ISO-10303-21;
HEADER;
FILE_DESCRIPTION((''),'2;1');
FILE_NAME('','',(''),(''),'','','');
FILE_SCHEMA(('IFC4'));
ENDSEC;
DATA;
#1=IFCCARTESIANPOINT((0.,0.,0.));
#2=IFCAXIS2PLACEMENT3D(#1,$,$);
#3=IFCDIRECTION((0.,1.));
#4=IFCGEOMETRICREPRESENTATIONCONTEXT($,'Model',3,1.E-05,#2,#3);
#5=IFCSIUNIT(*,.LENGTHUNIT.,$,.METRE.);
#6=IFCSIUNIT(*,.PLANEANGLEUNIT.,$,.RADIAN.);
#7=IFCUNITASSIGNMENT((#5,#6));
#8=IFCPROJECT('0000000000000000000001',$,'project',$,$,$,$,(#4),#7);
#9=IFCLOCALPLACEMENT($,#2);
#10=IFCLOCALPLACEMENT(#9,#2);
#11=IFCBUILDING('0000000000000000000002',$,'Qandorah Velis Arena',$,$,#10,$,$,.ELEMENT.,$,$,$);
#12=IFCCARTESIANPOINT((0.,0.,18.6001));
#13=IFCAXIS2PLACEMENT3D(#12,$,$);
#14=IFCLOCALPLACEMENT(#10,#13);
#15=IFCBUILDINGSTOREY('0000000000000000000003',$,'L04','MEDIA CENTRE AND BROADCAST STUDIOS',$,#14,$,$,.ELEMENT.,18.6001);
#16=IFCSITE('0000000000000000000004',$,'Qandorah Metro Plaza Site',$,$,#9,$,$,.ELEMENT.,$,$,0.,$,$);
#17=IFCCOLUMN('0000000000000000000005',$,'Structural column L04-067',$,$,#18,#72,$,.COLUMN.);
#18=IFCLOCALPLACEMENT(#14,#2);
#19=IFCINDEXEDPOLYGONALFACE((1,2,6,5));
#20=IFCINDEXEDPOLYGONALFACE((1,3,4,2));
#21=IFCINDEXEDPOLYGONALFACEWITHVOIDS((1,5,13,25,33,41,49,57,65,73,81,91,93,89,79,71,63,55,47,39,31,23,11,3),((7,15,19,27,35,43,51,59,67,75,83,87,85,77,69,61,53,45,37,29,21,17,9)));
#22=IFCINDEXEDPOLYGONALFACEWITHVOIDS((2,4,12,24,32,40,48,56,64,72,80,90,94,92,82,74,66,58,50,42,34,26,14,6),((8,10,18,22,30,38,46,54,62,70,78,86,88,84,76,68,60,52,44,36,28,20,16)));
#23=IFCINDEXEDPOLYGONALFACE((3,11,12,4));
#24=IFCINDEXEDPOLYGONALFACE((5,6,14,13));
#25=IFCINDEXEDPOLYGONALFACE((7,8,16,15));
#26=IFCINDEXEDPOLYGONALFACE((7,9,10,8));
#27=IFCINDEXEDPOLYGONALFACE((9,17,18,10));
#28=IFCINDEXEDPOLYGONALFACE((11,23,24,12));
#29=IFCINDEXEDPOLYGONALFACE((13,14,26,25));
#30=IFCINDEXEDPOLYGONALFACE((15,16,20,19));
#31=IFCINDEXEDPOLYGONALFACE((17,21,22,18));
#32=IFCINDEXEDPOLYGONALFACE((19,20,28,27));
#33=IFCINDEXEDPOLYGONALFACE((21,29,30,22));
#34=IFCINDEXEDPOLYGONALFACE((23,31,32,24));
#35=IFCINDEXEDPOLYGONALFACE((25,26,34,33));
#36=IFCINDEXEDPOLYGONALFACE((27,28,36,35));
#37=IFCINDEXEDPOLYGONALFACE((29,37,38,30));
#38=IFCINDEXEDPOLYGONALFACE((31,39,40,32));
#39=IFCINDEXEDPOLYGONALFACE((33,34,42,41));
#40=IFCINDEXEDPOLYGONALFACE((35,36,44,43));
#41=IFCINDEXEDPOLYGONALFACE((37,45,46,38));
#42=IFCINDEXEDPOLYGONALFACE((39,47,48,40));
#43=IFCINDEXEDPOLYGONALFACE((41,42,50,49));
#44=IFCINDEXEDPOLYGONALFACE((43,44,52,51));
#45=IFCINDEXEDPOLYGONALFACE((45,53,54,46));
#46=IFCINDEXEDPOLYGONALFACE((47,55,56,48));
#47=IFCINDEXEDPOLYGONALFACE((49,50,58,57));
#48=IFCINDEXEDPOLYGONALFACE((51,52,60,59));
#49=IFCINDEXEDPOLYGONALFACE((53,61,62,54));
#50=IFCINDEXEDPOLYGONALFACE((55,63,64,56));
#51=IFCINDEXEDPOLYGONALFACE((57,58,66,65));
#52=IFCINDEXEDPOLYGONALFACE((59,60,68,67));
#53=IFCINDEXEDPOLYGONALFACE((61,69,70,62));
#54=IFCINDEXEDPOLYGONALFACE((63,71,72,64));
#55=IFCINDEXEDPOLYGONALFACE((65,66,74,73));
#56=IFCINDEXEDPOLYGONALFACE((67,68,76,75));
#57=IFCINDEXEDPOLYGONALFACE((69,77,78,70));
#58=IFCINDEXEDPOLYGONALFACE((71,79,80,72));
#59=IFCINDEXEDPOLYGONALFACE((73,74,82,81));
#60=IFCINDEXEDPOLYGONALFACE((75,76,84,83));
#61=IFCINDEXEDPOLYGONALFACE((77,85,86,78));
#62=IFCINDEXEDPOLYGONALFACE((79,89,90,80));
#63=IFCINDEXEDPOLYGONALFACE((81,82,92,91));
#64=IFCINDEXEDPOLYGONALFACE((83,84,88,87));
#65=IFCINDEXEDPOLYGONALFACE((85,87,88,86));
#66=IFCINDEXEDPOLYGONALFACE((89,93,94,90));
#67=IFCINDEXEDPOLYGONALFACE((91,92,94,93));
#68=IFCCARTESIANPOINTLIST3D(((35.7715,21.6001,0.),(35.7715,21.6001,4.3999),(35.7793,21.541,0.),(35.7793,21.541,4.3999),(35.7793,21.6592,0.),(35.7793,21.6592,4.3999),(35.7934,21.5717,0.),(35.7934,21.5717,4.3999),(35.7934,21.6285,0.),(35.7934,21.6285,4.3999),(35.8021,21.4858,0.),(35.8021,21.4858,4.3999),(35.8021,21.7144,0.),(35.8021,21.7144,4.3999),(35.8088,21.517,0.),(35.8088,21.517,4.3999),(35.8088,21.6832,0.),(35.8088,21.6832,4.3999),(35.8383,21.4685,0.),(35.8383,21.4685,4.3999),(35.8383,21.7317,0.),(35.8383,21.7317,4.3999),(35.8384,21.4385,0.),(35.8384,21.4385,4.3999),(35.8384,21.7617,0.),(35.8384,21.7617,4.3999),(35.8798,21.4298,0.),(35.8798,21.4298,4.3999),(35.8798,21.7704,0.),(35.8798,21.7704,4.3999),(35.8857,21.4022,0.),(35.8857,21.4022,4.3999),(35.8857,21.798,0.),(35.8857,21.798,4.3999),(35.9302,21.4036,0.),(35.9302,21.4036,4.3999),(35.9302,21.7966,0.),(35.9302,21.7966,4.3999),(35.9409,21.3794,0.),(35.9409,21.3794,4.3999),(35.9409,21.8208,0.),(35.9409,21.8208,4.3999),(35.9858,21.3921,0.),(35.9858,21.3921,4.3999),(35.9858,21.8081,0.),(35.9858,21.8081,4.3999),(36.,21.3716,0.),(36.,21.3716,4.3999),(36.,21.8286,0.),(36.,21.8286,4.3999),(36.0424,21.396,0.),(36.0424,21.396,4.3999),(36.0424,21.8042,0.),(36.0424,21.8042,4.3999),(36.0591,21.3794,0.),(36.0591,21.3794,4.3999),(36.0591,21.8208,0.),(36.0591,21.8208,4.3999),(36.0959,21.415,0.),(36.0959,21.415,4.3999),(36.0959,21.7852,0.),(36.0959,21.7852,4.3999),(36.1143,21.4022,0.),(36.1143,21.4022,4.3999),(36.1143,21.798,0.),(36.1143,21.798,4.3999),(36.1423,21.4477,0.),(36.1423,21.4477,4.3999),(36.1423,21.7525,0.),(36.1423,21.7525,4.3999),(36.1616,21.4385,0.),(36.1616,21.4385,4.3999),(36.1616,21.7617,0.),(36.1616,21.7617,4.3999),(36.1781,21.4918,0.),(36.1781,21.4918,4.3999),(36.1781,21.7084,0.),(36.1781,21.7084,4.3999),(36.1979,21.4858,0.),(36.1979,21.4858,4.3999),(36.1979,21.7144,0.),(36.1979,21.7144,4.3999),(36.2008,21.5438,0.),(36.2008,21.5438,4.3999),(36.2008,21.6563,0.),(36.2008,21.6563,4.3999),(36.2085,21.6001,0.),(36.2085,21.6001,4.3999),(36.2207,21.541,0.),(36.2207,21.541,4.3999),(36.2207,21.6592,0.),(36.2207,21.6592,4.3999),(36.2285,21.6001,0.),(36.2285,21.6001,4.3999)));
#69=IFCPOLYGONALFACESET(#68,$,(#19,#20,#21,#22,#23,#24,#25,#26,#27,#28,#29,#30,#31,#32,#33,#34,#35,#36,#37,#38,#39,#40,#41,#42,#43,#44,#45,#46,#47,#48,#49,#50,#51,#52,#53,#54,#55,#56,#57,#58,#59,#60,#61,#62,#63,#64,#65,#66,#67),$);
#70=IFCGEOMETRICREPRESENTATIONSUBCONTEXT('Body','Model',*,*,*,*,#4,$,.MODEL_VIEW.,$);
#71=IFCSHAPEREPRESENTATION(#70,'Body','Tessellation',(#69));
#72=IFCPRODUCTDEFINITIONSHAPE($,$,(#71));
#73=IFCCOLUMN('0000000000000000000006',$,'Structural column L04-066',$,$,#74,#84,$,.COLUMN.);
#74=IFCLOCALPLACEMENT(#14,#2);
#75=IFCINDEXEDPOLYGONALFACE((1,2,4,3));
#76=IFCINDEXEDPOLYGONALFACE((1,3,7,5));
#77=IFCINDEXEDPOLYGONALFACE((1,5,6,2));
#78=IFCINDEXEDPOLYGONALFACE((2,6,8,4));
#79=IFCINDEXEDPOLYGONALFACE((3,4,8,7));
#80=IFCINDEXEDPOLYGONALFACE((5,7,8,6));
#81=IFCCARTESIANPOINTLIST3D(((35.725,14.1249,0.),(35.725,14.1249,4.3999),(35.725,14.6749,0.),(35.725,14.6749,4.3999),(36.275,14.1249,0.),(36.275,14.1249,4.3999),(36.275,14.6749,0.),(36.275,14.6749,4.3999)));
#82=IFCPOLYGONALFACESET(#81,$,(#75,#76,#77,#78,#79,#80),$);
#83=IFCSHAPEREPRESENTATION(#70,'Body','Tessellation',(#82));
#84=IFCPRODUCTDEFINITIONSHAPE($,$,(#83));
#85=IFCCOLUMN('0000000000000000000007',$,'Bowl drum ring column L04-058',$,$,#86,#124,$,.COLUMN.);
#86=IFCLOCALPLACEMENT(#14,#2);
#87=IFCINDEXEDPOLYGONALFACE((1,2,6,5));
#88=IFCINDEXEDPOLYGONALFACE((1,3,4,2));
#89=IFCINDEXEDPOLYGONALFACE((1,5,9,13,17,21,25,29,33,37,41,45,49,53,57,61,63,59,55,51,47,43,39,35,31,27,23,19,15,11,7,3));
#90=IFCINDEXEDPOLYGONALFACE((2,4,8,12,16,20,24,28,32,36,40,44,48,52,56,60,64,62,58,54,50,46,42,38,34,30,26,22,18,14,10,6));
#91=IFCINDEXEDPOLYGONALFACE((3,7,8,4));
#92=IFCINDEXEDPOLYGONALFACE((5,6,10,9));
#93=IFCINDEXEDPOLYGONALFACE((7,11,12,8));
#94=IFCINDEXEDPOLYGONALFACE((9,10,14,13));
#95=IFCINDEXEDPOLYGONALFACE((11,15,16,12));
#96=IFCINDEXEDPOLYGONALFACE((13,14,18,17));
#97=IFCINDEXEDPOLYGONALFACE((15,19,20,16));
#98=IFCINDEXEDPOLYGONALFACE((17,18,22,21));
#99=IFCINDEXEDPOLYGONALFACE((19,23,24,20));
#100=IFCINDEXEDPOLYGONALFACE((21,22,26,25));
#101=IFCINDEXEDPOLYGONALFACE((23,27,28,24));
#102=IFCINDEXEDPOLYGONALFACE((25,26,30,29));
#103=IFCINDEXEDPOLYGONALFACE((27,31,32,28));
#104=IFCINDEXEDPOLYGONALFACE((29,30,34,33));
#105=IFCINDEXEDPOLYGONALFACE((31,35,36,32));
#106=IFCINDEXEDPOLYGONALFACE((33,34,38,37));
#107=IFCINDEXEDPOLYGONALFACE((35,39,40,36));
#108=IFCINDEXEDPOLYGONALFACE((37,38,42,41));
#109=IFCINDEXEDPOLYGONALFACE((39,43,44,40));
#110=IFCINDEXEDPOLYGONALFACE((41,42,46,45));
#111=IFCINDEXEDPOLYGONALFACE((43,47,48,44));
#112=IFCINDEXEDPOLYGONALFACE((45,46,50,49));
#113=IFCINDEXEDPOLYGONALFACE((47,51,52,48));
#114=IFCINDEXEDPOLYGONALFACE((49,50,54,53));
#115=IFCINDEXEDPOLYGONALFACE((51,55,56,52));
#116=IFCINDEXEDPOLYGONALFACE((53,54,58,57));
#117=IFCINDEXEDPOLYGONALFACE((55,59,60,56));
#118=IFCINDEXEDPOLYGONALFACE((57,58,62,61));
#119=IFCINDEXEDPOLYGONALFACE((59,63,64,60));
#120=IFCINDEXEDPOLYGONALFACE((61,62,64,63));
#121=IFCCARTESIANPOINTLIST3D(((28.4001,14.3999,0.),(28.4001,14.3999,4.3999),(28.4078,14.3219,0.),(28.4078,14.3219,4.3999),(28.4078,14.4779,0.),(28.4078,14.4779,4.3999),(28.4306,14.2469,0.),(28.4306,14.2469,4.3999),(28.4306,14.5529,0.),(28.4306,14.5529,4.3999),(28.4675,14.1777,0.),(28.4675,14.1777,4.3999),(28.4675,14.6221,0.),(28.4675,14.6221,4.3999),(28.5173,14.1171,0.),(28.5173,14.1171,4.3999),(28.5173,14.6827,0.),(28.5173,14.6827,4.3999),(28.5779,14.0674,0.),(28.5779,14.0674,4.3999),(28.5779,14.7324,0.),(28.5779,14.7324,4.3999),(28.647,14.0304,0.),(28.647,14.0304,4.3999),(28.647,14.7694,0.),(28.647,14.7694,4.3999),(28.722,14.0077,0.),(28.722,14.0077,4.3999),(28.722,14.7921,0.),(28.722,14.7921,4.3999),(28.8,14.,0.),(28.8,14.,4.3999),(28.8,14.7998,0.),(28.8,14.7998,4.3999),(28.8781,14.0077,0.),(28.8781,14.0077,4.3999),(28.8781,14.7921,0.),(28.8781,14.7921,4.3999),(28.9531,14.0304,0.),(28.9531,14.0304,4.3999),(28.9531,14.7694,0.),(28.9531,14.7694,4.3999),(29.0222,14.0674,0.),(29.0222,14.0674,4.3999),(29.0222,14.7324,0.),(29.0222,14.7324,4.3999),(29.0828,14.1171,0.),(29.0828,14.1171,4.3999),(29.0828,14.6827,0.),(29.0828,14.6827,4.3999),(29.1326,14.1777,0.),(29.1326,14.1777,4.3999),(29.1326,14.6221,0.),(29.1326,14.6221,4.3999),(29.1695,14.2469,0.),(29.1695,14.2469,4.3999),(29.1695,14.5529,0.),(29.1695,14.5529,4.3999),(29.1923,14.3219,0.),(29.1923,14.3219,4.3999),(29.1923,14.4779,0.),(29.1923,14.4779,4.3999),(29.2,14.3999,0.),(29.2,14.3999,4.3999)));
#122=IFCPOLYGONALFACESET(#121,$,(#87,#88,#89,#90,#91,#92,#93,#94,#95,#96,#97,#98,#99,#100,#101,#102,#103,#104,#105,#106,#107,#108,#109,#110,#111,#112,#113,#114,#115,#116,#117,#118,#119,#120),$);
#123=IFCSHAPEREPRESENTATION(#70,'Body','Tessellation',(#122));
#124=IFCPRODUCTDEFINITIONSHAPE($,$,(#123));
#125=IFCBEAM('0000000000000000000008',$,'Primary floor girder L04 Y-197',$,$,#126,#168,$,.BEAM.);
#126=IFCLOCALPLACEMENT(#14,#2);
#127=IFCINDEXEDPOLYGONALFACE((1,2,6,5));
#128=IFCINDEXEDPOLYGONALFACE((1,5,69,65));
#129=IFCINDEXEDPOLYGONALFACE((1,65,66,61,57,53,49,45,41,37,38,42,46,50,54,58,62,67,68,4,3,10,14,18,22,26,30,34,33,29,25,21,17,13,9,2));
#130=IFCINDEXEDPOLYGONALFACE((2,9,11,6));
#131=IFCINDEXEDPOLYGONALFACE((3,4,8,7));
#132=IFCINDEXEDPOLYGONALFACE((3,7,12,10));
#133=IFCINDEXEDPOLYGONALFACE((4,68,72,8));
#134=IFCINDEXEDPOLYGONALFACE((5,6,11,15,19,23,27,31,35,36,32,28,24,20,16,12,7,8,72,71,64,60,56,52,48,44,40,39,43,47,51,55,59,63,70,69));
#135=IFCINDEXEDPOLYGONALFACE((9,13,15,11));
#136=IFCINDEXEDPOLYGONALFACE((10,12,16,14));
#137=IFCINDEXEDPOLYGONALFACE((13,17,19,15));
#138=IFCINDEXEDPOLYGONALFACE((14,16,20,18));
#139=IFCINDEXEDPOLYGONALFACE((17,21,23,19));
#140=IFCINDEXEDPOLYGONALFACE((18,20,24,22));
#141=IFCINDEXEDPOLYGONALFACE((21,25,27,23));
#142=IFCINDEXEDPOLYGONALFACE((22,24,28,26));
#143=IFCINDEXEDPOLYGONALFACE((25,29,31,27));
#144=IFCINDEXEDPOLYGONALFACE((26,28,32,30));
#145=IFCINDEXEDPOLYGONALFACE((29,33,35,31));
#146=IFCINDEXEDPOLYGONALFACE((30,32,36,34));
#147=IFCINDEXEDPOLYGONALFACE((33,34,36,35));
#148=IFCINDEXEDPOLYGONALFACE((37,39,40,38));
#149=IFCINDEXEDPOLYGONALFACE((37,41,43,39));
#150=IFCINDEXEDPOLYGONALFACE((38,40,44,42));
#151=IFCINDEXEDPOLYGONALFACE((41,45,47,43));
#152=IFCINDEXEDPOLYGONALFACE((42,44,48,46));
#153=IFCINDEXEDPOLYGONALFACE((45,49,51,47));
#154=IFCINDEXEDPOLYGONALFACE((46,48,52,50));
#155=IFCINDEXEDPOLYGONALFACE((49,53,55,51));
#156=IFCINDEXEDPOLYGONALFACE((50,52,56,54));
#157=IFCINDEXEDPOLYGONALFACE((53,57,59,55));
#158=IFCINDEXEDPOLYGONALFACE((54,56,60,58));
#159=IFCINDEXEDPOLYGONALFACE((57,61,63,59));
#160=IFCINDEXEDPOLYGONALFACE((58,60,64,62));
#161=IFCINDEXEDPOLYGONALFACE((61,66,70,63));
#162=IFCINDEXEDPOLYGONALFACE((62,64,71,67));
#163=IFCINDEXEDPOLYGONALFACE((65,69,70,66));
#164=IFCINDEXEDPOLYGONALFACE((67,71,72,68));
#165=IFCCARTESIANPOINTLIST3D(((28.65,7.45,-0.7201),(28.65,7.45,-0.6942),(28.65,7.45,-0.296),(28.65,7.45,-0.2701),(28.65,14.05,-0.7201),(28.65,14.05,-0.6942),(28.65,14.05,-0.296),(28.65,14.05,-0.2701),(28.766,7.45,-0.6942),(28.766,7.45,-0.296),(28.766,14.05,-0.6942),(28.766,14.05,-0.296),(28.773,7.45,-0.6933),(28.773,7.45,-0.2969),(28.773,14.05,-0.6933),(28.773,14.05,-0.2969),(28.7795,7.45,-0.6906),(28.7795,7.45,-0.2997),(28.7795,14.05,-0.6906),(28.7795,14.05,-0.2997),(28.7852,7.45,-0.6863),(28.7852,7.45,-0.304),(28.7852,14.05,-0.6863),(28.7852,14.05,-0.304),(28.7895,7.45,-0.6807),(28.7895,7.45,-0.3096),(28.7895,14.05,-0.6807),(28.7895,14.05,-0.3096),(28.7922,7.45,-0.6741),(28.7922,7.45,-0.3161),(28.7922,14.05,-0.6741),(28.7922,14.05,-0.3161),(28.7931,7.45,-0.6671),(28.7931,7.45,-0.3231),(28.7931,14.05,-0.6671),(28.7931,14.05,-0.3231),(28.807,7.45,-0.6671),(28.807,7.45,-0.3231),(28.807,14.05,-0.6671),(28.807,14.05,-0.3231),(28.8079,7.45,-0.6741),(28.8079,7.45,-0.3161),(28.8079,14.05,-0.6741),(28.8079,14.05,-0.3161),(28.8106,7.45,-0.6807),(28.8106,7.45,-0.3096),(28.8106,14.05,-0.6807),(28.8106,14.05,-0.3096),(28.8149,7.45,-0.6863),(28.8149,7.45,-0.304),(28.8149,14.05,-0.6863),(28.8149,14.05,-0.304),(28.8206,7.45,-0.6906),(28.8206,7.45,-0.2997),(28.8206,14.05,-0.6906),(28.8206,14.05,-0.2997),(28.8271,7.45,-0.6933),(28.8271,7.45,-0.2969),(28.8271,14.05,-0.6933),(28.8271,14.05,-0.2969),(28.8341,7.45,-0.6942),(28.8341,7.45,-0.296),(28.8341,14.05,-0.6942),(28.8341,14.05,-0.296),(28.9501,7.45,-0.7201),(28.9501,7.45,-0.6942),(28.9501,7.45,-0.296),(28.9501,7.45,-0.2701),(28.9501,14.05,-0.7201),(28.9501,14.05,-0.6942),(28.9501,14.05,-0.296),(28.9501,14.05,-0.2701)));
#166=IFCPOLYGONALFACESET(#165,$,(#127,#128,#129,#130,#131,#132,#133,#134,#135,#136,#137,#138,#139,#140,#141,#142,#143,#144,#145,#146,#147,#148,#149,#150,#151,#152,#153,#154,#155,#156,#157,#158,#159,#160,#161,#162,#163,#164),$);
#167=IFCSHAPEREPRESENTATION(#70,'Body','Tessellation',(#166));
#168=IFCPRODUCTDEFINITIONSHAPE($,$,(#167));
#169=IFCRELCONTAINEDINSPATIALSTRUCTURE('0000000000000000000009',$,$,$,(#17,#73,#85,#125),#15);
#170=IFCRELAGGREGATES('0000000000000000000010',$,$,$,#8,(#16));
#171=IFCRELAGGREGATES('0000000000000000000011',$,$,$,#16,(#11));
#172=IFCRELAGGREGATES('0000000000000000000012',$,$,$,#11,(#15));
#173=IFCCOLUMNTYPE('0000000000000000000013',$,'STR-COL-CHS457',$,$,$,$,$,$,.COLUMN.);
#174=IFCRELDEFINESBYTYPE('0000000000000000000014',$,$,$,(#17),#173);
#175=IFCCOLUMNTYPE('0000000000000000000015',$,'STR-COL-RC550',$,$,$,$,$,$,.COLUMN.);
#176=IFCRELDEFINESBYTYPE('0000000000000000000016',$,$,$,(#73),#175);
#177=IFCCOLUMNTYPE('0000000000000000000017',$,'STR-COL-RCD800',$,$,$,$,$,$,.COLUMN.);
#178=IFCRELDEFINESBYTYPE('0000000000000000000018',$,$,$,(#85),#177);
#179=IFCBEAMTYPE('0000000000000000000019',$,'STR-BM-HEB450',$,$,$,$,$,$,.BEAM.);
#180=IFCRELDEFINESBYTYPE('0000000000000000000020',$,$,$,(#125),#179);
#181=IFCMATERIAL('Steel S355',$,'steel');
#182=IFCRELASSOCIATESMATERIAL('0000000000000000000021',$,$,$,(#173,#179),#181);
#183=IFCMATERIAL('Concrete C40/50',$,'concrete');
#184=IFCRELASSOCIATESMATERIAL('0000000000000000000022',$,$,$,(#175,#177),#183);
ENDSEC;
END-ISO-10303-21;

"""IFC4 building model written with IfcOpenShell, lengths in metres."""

from ifc_helpers import new_model, si_unit, direction, frame, origin, origin_2d, place, context, subcontext, project, spatial, rectangle, circle, hollow_circle, i_section, extrude, material, material_profile, profile_set, type_object, element, save


model = new_model("IFC4")

# Units and contexts
model_context = context("Model", 3, precision=1e-05, world=origin(), true_north=direction((0.0, 1.0)))
body_context = subcontext(model_context, "Body", "Model", "MODEL_VIEW")
ifc_project = project(units=[si_unit("LENGTHUNIT", "METRE"), si_unit("PLANEANGLEUNIT", "RADIAN")], contexts=[model_context])

# Site, building, storey
site_placement = place(None, origin())
site = spatial("IfcSite", under=ifc_project, at=site_placement, Name="Qandorah Metro Plaza Site", CompositionType="ELEMENT", RefElevation=0.0)
building_placement = place(site_placement, origin())
building = spatial("IfcBuilding", under=site, at=building_placement, Name="Qandorah Velis Arena", CompositionType="ELEMENT")
storey_placement = place(building_placement, frame((0.0, 0.0, 18.6001)))
storey = spatial("IfcBuildingStorey", under=building, at=storey_placement, Name="L04", Description="MEDIA CENTRE AND BROADCAST STUDIOS", CompositionType="ELEMENT", Elevation=18.6001)

# Columns
ifc_material_1 = material(Name="Steel S355", Category="steel")
ifc_material_profile_1 = material_profile(ifc_material_1, hollow_circle(Radius=0.2285, WallThickness=0.02, at=origin_2d()), Name="CHS 457x20")
ifc_profile_set_1 = profile_set([ifc_material_profile_1], Name="Steel S355")
column_type_1 = type_object("IfcColumnType", Name="STR-COL-CHS457", PredefinedType="COLUMN", material=ifc_profile_set_1)
for number, where, z_axis, x_axis, name in (
    (1, (36.0, 21.6001, 0.0), (0.0, 0.0, 1.0), (1.0, 0.0, 0.0), "Structural column L04-067"),
):
    element("IfcColumn", number, at=place(storey_placement, frame(where, z_axis=z_axis, x_axis=x_axis)), inside=storey, type_object=column_type_1, Name=name, PredefinedType="COLUMN", context=body_context, shape_type="SweptSolid", body=[
        extrude(hollow_circle(Radius=0.2285, WallThickness=0.02, at=origin_2d()), origin(), (0.0, 0.0, 1.0), 4.3999),
    ])
ifc_material_2 = material(Name="Concrete C40/50", Category="concrete")
ifc_material_profile_2 = material_profile(ifc_material_2, rectangle(XDim=0.55, YDim=0.55, at=origin_2d()), Name="RC COL 550x550")
ifc_profile_set_2 = profile_set([ifc_material_profile_2], Name="Concrete C40/50")
column_type_2 = type_object("IfcColumnType", Name="STR-COL-RC550", PredefinedType="COLUMN", material=ifc_profile_set_2)
column_1_placement = place(storey_placement, frame((36.0, 14.3999, 0.0), z_axis=(0.0, 0.0, 1.0), x_axis=(1.0, 0.0, 0.0)))
element("IfcColumn", 2, at=column_1_placement, inside=storey, type_object=column_type_2, Name="Structural column L04-066", PredefinedType="COLUMN", context=body_context, shape_type="SweptSolid", body=[
    extrude(rectangle(XDim=0.55, YDim=0.55, at=origin_2d()), origin(), (0.0, 0.0, 1.0), 4.3999),
])
ifc_material_profile_3 = material_profile(ifc_material_2, circle(Radius=0.3999, at=origin_2d()), Name="RC D800")
ifc_profile_set_3 = profile_set([ifc_material_profile_3], Name="Concrete C40/50")
column_type_3 = type_object("IfcColumnType", Name="STR-COL-RCD800", PredefinedType="COLUMN", material=ifc_profile_set_3)
column_2_placement = place(storey_placement, frame((28.8, 14.3999, 0.0), z_axis=(0.0, 0.0, 1.0), x_axis=(1.0, 0.0, 0.0)))
element("IfcColumn", 3, at=column_2_placement, inside=storey, type_object=column_type_3, Name="Bowl drum ring column L04-058", PredefinedType="COLUMN", context=body_context, shape_type="SweptSolid", body=[
    extrude(circle(Radius=0.3999, at=origin_2d()), origin(), (0.0, 0.0, 1.0), 4.3999),
])

# Beam
ifc_material_profile_4 = material_profile(ifc_material_1, i_section(OverallWidth=0.3, OverallDepth=0.45, WebThickness=0.0139, FlangeThickness=0.0259, FilletRadius=0.0271, at=origin_2d()), Name="HEB 450")
ifc_profile_set_4 = profile_set([ifc_material_profile_4], Name="Steel S355")
beam_type_1 = type_object("IfcBeamType", Name="STR-BM-HEB450", PredefinedType="BEAM", material=ifc_profile_set_4)
for number, where, z_axis, x_axis, name in (
    (4, (28.8, 7.45, -0.4951), (0.0, 1.0, 0.0), (-1.0, 0.0, 0.0), "Primary floor girder L04 Y-197"),
):
    element("IfcBeam", number, at=place(storey_placement, frame(where, z_axis=z_axis, x_axis=x_axis)), inside=storey, type_object=beam_type_1, Name=name, PredefinedType="BEAM", context=body_context, shape_type="SweptSolid", body=[
        extrude(i_section(OverallWidth=0.3, OverallDepth=0.45, WebThickness=0.0139, FlangeThickness=0.0259, FilletRadius=0.0271, at=origin_2d()), origin(), (0.0, 0.0, 1.0), 6.6001),
    ])

save(model, "model.ifc")
